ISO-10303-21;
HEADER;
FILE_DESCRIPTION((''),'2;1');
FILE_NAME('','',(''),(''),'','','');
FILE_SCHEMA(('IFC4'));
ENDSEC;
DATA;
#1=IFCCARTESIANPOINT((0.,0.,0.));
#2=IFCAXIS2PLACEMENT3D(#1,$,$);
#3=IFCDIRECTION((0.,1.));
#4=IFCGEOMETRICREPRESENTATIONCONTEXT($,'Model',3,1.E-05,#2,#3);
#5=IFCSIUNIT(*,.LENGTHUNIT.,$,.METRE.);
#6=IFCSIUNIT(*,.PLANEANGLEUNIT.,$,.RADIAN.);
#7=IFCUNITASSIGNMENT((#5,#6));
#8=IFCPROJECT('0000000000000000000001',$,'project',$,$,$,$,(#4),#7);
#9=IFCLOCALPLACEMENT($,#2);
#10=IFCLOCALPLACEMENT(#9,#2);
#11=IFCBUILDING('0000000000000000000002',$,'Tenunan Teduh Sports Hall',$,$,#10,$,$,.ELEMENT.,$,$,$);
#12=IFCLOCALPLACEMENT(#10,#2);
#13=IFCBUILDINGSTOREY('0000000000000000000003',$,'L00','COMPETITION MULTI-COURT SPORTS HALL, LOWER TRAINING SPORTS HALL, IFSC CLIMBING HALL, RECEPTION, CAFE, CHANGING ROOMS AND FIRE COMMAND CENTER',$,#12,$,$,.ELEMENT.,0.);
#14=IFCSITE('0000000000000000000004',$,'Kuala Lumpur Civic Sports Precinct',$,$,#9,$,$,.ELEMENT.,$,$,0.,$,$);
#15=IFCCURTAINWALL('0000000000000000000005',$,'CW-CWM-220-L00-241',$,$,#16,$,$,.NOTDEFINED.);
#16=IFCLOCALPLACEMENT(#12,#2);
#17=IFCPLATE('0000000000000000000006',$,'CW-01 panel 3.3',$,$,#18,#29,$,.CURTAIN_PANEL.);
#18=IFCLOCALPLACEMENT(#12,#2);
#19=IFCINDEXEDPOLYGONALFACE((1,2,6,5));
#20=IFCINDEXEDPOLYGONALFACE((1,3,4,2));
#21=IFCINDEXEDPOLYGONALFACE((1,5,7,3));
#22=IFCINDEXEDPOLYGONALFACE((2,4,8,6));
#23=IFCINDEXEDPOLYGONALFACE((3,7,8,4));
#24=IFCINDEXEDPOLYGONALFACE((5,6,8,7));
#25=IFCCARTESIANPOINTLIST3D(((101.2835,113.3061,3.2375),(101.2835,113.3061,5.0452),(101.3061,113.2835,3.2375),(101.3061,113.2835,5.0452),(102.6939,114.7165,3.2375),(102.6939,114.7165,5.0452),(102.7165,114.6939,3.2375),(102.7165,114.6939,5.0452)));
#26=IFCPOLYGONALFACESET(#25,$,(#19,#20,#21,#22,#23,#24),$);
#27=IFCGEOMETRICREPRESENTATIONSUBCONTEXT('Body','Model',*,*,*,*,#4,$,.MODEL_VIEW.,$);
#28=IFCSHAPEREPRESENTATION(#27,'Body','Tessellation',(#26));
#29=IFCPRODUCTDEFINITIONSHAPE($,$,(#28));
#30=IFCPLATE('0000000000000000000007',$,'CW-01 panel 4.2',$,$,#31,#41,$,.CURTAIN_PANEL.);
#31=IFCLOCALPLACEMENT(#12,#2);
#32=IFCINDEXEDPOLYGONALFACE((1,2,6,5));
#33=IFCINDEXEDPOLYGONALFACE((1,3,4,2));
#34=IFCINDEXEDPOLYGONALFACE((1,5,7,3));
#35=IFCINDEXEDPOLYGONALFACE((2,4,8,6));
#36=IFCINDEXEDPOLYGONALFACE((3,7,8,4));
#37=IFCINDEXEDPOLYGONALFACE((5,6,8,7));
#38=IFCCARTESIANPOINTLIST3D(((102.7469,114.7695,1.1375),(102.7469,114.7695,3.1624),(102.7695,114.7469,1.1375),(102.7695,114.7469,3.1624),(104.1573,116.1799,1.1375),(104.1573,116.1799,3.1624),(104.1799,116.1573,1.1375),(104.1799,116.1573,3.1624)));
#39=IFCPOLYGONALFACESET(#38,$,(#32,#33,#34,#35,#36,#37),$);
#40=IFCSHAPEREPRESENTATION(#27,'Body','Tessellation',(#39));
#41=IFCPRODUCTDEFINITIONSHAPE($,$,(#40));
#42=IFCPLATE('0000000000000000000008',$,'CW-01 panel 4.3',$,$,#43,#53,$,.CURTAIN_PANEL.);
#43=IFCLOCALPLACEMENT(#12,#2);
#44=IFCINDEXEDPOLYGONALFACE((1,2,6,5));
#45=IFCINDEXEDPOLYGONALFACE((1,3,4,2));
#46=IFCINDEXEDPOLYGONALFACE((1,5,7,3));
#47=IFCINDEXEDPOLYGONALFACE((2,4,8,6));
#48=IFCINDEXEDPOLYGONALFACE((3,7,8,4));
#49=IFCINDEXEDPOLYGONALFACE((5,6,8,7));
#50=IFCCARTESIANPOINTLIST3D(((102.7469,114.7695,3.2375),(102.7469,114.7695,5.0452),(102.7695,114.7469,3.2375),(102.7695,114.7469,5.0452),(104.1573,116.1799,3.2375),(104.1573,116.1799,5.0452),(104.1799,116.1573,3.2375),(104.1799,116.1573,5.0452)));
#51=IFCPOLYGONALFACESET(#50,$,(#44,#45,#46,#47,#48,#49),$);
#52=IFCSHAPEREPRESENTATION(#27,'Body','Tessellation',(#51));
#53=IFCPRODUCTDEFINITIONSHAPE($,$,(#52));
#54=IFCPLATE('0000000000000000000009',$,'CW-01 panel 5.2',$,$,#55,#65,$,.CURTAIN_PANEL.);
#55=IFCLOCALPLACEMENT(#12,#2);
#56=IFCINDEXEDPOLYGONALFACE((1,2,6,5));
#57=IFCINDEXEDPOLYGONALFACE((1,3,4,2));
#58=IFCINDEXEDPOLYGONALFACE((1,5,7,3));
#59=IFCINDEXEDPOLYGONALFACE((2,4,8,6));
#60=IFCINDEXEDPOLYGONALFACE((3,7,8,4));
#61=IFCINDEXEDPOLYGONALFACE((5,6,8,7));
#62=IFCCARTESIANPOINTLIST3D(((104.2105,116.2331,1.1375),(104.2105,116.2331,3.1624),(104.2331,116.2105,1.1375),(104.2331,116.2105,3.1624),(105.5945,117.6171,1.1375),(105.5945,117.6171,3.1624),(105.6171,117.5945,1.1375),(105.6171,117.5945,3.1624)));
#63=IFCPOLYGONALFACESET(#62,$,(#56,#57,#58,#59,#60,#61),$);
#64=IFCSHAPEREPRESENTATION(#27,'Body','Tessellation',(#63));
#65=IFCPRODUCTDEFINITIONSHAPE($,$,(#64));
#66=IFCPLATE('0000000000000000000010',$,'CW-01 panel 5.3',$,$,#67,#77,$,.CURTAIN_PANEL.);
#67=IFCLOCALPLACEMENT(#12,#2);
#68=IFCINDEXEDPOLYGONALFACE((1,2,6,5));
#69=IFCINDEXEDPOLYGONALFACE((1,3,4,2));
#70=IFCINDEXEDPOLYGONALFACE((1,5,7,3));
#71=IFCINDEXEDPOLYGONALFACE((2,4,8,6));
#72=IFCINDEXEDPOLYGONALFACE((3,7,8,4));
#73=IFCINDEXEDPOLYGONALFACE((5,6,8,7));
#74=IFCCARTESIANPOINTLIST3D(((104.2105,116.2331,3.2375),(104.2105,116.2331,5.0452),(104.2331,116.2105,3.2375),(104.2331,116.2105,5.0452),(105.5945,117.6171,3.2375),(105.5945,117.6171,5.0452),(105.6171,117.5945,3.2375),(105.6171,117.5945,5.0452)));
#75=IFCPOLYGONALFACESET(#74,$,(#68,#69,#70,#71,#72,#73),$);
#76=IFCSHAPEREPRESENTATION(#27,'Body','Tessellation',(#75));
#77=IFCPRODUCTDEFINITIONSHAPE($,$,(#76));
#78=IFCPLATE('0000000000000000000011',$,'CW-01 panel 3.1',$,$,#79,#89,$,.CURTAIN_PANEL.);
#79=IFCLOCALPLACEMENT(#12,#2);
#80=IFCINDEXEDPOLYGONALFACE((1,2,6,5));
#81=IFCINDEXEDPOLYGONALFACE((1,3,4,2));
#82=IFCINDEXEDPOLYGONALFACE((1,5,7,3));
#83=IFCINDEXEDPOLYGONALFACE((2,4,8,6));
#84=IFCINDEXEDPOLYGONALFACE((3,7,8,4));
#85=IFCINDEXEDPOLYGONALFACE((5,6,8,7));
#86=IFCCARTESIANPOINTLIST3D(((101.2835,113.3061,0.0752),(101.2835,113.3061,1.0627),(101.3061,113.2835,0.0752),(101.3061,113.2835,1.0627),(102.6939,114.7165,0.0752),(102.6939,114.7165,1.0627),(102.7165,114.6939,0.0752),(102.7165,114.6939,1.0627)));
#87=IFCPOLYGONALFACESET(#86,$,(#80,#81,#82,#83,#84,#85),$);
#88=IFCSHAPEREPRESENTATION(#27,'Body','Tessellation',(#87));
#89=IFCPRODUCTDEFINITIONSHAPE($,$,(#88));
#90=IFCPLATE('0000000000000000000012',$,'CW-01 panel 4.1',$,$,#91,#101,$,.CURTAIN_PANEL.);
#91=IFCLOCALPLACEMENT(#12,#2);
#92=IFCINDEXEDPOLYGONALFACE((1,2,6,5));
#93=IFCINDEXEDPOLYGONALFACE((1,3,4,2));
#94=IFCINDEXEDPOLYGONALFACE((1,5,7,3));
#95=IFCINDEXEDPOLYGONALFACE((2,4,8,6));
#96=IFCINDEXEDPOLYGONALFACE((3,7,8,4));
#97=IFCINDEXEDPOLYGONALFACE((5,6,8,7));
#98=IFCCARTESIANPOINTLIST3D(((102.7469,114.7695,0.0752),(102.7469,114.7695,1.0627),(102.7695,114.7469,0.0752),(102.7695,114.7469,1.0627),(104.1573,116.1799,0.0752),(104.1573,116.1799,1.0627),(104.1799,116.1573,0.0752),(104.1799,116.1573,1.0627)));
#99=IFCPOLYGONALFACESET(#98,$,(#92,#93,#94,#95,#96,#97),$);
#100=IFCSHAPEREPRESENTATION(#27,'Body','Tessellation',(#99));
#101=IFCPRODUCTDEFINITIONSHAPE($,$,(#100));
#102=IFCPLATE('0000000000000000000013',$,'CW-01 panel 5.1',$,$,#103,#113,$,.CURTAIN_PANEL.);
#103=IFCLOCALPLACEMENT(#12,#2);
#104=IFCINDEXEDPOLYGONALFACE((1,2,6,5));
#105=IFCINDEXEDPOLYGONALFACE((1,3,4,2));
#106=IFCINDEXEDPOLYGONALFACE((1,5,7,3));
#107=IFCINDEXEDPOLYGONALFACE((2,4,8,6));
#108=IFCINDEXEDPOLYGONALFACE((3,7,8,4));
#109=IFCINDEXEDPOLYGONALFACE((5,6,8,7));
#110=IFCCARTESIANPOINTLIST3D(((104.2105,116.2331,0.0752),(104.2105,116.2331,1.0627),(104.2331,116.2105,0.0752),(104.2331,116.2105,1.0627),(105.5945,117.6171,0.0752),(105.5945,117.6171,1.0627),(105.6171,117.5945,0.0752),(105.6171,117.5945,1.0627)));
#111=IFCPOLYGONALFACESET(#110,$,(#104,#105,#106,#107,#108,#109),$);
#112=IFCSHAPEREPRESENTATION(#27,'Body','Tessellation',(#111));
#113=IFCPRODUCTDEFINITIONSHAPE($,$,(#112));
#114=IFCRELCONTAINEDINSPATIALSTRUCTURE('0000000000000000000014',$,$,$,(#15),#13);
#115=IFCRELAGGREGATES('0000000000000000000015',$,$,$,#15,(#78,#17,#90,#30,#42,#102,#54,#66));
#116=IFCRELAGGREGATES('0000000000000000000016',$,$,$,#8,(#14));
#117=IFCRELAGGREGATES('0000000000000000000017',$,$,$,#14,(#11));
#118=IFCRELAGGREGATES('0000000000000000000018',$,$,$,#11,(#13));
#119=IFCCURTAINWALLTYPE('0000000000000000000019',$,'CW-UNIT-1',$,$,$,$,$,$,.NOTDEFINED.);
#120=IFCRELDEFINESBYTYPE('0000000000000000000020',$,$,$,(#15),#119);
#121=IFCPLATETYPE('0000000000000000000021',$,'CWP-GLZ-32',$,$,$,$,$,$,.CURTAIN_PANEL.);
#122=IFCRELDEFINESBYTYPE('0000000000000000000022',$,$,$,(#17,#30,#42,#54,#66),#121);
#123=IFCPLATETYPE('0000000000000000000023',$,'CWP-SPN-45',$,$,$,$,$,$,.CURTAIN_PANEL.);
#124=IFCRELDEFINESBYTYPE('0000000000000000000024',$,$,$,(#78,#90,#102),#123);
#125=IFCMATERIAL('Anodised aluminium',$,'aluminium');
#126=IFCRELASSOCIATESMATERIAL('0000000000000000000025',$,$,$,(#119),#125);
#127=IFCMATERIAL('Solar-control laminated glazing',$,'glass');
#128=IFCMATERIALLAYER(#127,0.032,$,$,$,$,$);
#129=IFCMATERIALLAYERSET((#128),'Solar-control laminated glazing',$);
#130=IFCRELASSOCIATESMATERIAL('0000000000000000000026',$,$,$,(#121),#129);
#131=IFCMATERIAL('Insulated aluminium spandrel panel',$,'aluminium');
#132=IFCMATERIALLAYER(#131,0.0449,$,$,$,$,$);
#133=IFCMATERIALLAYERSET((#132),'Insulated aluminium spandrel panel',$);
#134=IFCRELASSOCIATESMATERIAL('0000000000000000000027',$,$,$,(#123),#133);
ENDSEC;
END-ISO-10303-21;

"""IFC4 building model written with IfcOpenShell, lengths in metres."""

from ifc_helpers import new_model, si_unit, direction, frame, origin, origin_2d, place, context, subcontext, project, spatial, rectangle, extrude, material, layer, layer_set, type_object, element, aggregate, save


model = new_model("IFC4")

# Units and contexts
model_context = context("Model", 3, precision=1e-05, world=origin(), true_north=direction((0.0, 1.0)))
body_context = subcontext(model_context, "Body", "Model", "MODEL_VIEW")
ifc_project = project(units=[si_unit("LENGTHUNIT", "METRE"), si_unit("PLANEANGLEUNIT", "RADIAN")], contexts=[model_context])

# Site, building, storey
site_placement = place(None, origin())
site = spatial("IfcSite", under=ifc_project, at=site_placement, Name="Kuala Lumpur Civic Sports Precinct", CompositionType="ELEMENT", RefElevation=0.0)
building_placement = place(site_placement, origin())
building = spatial("IfcBuilding", under=site, at=building_placement, Name="Tenunan Teduh Sports Hall", CompositionType="ELEMENT")
storey_placement = place(building_placement, origin())
storey = spatial("IfcBuildingStorey", under=building, at=storey_placement, Name="L00", Description="COMPETITION MULTI-COURT SPORTS HALL, LOWER TRAINING SPORTS HALL, IFSC CLIMBING HALL, RECEPTION, CAFE, CHANGING ROOMS AND FIRE COMMAND CENTER", CompositionType="ELEMENT", Elevation=0.0)

# Curtain wall, plates
ifc_material_1 = material(Name="Anodised aluminium", Category="aluminium")
curtain_wall_type = type_object("IfcCurtainWallType", Name="CW-UNIT-1", PredefinedType="NOTDEFINED", material=ifc_material_1)
curtain_wall_placement = place(storey_placement, origin())
curtain_wall = element("IfcCurtainWall", 1, at=curtain_wall_placement, inside=storey, type_object=curtain_wall_type, Name="CW-CWM-220-L00-241", PredefinedType="NOTDEFINED")
ifc_material_2 = material(Name="Solar-control laminated glazing", Category="glass")
ifc_layer_1 = layer(ifc_material_2, 0.032)
ifc_layer_set_1 = layer_set([ifc_layer_1], Name="Solar-control laminated glazing")
plate_type_1 = type_object("IfcPlateType", Name="CWP-GLZ-32", PredefinedType="CURTAIN_PANEL", material=ifc_layer_set_1)
plate_1_placement = place(storey_placement, frame((102.0, 114.0, 3.2375), z_axis=(0.0, 0.0, 1.0), x_axis=(0.707107, 0.707107, 0.0)))
plate_1 = element("IfcPlate", 2, at=plate_1_placement, type_object=plate_type_1, Name="CW-01 panel 3.3", PredefinedType="CURTAIN_PANEL", context=body_context, shape_type="SweptSolid", body=[
    extrude(rectangle(XDim=1.9946, YDim=0.032, at=origin_2d()), origin(), (0.0, 0.0, 1.0), 1.8076),
])
plate_2_placement = place(storey_placement, frame((103.4634, 115.4634, 1.1375), z_axis=(0.0, 0.0, 1.0), x_axis=(0.707107, 0.707107, 0.0)))
plate_2 = element("IfcPlate", 3, at=plate_2_placement, type_object=plate_type_1, Name="CW-01 panel 4.2", PredefinedType="CURTAIN_PANEL", context=body_context, shape_type="SweptSolid", body=[
    extrude(rectangle(XDim=1.9946, YDim=0.032, at=origin_2d()), origin(), (0.0, 0.0, 1.0), 2.0249),
])
plate_3_placement = place(storey_placement, frame((103.4634, 115.4634, 3.2375), z_axis=(0.0, 0.0, 1.0), x_axis=(0.707107, 0.707107, 0.0)))
plate_3 = element("IfcPlate", 4, at=plate_3_placement, type_object=plate_type_1, Name="CW-01 panel 4.3", PredefinedType="CURTAIN_PANEL", context=body_context, shape_type="SweptSolid", body=[
    extrude(rectangle(XDim=1.9946, YDim=0.032, at=origin_2d()), origin(), (0.0, 0.0, 1.0), 1.8076),
])
plate_4_placement = place(storey_placement, frame((104.9138, 116.9138, 1.1375), z_axis=(0.0, 0.0, 1.0), x_axis=(0.707107, 0.707107, 0.0)))
plate_4 = element("IfcPlate", 5, at=plate_4_placement, type_object=plate_type_1, Name="CW-01 panel 5.2", PredefinedType="CURTAIN_PANEL", context=body_context, shape_type="SweptSolid", body=[
    extrude(rectangle(XDim=1.9573, YDim=0.032, at=origin_2d()), origin(), (0.0, 0.0, 1.0), 2.0249),
])
plate_5_placement = place(storey_placement, frame((104.9138, 116.9138, 3.2375), z_axis=(0.0, 0.0, 1.0), x_axis=(0.707107, 0.707107, 0.0)))
plate_5 = element("IfcPlate", 6, at=plate_5_placement, type_object=plate_type_1, Name="CW-01 panel 5.3", PredefinedType="CURTAIN_PANEL", context=body_context, shape_type="SweptSolid", body=[
    extrude(rectangle(XDim=1.9573, YDim=0.032, at=origin_2d()), origin(), (0.0, 0.0, 1.0), 1.8076),
])
ifc_material_3 = material(Name="Insulated aluminium spandrel panel", Category="aluminium")
ifc_layer_2 = layer(ifc_material_3, 0.0449)
ifc_layer_set_2 = layer_set([ifc_layer_2], Name="Insulated aluminium spandrel panel")
plate_type_2 = type_object("IfcPlateType", Name="CWP-SPN-45", PredefinedType="CURTAIN_PANEL", material=ifc_layer_set_2)
plate_6_placement = place(storey_placement, frame((102.0, 114.0, 0.0752), z_axis=(0.0, 0.0, 1.0), x_axis=(0.707107, 0.707107, 0.0)))
plate_6 = element("IfcPlate", 7, at=plate_6_placement, type_object=plate_type_2, Name="CW-01 panel 3.1", PredefinedType="CURTAIN_PANEL", context=body_context, shape_type="SweptSolid", body=[
    extrude(rectangle(XDim=1.9946, YDim=0.032, at=origin_2d()), origin(), (0.0, 0.0, 1.0), 0.9875),
])
plate_7_placement = place(storey_placement, frame((103.4634, 115.4634, 0.0752), z_axis=(0.0, 0.0, 1.0), x_axis=(0.707107, 0.707107, 0.0)))
plate_7 = element("IfcPlate", 8, at=plate_7_placement, type_object=plate_type_2, Name="CW-01 panel 4.1", PredefinedType="CURTAIN_PANEL", context=body_context, shape_type="SweptSolid", body=[
    extrude(rectangle(XDim=1.9946, YDim=0.032, at=origin_2d()), origin(), (0.0, 0.0, 1.0), 0.9875),
])
plate_8_placement = place(storey_placement, frame((104.9138, 116.9138, 0.0752), z_axis=(0.0, 0.0, 1.0), x_axis=(0.707107, 0.707107, 0.0)))
plate_8 = element("IfcPlate", 9, at=plate_8_placement, type_object=plate_type_2, Name="CW-01 panel 5.1", PredefinedType="CURTAIN_PANEL", context=body_context, shape_type="SweptSolid", body=[
    extrude(rectangle(XDim=1.9573, YDim=0.032, at=origin_2d()), origin(), (0.0, 0.0, 1.0), 0.9875),
])
aggregate(curtain_wall, [plate_6, plate_1, plate_7, plate_2, plate_3, plate_8, plate_4, plate_5])

save(model, "model.ifc")
